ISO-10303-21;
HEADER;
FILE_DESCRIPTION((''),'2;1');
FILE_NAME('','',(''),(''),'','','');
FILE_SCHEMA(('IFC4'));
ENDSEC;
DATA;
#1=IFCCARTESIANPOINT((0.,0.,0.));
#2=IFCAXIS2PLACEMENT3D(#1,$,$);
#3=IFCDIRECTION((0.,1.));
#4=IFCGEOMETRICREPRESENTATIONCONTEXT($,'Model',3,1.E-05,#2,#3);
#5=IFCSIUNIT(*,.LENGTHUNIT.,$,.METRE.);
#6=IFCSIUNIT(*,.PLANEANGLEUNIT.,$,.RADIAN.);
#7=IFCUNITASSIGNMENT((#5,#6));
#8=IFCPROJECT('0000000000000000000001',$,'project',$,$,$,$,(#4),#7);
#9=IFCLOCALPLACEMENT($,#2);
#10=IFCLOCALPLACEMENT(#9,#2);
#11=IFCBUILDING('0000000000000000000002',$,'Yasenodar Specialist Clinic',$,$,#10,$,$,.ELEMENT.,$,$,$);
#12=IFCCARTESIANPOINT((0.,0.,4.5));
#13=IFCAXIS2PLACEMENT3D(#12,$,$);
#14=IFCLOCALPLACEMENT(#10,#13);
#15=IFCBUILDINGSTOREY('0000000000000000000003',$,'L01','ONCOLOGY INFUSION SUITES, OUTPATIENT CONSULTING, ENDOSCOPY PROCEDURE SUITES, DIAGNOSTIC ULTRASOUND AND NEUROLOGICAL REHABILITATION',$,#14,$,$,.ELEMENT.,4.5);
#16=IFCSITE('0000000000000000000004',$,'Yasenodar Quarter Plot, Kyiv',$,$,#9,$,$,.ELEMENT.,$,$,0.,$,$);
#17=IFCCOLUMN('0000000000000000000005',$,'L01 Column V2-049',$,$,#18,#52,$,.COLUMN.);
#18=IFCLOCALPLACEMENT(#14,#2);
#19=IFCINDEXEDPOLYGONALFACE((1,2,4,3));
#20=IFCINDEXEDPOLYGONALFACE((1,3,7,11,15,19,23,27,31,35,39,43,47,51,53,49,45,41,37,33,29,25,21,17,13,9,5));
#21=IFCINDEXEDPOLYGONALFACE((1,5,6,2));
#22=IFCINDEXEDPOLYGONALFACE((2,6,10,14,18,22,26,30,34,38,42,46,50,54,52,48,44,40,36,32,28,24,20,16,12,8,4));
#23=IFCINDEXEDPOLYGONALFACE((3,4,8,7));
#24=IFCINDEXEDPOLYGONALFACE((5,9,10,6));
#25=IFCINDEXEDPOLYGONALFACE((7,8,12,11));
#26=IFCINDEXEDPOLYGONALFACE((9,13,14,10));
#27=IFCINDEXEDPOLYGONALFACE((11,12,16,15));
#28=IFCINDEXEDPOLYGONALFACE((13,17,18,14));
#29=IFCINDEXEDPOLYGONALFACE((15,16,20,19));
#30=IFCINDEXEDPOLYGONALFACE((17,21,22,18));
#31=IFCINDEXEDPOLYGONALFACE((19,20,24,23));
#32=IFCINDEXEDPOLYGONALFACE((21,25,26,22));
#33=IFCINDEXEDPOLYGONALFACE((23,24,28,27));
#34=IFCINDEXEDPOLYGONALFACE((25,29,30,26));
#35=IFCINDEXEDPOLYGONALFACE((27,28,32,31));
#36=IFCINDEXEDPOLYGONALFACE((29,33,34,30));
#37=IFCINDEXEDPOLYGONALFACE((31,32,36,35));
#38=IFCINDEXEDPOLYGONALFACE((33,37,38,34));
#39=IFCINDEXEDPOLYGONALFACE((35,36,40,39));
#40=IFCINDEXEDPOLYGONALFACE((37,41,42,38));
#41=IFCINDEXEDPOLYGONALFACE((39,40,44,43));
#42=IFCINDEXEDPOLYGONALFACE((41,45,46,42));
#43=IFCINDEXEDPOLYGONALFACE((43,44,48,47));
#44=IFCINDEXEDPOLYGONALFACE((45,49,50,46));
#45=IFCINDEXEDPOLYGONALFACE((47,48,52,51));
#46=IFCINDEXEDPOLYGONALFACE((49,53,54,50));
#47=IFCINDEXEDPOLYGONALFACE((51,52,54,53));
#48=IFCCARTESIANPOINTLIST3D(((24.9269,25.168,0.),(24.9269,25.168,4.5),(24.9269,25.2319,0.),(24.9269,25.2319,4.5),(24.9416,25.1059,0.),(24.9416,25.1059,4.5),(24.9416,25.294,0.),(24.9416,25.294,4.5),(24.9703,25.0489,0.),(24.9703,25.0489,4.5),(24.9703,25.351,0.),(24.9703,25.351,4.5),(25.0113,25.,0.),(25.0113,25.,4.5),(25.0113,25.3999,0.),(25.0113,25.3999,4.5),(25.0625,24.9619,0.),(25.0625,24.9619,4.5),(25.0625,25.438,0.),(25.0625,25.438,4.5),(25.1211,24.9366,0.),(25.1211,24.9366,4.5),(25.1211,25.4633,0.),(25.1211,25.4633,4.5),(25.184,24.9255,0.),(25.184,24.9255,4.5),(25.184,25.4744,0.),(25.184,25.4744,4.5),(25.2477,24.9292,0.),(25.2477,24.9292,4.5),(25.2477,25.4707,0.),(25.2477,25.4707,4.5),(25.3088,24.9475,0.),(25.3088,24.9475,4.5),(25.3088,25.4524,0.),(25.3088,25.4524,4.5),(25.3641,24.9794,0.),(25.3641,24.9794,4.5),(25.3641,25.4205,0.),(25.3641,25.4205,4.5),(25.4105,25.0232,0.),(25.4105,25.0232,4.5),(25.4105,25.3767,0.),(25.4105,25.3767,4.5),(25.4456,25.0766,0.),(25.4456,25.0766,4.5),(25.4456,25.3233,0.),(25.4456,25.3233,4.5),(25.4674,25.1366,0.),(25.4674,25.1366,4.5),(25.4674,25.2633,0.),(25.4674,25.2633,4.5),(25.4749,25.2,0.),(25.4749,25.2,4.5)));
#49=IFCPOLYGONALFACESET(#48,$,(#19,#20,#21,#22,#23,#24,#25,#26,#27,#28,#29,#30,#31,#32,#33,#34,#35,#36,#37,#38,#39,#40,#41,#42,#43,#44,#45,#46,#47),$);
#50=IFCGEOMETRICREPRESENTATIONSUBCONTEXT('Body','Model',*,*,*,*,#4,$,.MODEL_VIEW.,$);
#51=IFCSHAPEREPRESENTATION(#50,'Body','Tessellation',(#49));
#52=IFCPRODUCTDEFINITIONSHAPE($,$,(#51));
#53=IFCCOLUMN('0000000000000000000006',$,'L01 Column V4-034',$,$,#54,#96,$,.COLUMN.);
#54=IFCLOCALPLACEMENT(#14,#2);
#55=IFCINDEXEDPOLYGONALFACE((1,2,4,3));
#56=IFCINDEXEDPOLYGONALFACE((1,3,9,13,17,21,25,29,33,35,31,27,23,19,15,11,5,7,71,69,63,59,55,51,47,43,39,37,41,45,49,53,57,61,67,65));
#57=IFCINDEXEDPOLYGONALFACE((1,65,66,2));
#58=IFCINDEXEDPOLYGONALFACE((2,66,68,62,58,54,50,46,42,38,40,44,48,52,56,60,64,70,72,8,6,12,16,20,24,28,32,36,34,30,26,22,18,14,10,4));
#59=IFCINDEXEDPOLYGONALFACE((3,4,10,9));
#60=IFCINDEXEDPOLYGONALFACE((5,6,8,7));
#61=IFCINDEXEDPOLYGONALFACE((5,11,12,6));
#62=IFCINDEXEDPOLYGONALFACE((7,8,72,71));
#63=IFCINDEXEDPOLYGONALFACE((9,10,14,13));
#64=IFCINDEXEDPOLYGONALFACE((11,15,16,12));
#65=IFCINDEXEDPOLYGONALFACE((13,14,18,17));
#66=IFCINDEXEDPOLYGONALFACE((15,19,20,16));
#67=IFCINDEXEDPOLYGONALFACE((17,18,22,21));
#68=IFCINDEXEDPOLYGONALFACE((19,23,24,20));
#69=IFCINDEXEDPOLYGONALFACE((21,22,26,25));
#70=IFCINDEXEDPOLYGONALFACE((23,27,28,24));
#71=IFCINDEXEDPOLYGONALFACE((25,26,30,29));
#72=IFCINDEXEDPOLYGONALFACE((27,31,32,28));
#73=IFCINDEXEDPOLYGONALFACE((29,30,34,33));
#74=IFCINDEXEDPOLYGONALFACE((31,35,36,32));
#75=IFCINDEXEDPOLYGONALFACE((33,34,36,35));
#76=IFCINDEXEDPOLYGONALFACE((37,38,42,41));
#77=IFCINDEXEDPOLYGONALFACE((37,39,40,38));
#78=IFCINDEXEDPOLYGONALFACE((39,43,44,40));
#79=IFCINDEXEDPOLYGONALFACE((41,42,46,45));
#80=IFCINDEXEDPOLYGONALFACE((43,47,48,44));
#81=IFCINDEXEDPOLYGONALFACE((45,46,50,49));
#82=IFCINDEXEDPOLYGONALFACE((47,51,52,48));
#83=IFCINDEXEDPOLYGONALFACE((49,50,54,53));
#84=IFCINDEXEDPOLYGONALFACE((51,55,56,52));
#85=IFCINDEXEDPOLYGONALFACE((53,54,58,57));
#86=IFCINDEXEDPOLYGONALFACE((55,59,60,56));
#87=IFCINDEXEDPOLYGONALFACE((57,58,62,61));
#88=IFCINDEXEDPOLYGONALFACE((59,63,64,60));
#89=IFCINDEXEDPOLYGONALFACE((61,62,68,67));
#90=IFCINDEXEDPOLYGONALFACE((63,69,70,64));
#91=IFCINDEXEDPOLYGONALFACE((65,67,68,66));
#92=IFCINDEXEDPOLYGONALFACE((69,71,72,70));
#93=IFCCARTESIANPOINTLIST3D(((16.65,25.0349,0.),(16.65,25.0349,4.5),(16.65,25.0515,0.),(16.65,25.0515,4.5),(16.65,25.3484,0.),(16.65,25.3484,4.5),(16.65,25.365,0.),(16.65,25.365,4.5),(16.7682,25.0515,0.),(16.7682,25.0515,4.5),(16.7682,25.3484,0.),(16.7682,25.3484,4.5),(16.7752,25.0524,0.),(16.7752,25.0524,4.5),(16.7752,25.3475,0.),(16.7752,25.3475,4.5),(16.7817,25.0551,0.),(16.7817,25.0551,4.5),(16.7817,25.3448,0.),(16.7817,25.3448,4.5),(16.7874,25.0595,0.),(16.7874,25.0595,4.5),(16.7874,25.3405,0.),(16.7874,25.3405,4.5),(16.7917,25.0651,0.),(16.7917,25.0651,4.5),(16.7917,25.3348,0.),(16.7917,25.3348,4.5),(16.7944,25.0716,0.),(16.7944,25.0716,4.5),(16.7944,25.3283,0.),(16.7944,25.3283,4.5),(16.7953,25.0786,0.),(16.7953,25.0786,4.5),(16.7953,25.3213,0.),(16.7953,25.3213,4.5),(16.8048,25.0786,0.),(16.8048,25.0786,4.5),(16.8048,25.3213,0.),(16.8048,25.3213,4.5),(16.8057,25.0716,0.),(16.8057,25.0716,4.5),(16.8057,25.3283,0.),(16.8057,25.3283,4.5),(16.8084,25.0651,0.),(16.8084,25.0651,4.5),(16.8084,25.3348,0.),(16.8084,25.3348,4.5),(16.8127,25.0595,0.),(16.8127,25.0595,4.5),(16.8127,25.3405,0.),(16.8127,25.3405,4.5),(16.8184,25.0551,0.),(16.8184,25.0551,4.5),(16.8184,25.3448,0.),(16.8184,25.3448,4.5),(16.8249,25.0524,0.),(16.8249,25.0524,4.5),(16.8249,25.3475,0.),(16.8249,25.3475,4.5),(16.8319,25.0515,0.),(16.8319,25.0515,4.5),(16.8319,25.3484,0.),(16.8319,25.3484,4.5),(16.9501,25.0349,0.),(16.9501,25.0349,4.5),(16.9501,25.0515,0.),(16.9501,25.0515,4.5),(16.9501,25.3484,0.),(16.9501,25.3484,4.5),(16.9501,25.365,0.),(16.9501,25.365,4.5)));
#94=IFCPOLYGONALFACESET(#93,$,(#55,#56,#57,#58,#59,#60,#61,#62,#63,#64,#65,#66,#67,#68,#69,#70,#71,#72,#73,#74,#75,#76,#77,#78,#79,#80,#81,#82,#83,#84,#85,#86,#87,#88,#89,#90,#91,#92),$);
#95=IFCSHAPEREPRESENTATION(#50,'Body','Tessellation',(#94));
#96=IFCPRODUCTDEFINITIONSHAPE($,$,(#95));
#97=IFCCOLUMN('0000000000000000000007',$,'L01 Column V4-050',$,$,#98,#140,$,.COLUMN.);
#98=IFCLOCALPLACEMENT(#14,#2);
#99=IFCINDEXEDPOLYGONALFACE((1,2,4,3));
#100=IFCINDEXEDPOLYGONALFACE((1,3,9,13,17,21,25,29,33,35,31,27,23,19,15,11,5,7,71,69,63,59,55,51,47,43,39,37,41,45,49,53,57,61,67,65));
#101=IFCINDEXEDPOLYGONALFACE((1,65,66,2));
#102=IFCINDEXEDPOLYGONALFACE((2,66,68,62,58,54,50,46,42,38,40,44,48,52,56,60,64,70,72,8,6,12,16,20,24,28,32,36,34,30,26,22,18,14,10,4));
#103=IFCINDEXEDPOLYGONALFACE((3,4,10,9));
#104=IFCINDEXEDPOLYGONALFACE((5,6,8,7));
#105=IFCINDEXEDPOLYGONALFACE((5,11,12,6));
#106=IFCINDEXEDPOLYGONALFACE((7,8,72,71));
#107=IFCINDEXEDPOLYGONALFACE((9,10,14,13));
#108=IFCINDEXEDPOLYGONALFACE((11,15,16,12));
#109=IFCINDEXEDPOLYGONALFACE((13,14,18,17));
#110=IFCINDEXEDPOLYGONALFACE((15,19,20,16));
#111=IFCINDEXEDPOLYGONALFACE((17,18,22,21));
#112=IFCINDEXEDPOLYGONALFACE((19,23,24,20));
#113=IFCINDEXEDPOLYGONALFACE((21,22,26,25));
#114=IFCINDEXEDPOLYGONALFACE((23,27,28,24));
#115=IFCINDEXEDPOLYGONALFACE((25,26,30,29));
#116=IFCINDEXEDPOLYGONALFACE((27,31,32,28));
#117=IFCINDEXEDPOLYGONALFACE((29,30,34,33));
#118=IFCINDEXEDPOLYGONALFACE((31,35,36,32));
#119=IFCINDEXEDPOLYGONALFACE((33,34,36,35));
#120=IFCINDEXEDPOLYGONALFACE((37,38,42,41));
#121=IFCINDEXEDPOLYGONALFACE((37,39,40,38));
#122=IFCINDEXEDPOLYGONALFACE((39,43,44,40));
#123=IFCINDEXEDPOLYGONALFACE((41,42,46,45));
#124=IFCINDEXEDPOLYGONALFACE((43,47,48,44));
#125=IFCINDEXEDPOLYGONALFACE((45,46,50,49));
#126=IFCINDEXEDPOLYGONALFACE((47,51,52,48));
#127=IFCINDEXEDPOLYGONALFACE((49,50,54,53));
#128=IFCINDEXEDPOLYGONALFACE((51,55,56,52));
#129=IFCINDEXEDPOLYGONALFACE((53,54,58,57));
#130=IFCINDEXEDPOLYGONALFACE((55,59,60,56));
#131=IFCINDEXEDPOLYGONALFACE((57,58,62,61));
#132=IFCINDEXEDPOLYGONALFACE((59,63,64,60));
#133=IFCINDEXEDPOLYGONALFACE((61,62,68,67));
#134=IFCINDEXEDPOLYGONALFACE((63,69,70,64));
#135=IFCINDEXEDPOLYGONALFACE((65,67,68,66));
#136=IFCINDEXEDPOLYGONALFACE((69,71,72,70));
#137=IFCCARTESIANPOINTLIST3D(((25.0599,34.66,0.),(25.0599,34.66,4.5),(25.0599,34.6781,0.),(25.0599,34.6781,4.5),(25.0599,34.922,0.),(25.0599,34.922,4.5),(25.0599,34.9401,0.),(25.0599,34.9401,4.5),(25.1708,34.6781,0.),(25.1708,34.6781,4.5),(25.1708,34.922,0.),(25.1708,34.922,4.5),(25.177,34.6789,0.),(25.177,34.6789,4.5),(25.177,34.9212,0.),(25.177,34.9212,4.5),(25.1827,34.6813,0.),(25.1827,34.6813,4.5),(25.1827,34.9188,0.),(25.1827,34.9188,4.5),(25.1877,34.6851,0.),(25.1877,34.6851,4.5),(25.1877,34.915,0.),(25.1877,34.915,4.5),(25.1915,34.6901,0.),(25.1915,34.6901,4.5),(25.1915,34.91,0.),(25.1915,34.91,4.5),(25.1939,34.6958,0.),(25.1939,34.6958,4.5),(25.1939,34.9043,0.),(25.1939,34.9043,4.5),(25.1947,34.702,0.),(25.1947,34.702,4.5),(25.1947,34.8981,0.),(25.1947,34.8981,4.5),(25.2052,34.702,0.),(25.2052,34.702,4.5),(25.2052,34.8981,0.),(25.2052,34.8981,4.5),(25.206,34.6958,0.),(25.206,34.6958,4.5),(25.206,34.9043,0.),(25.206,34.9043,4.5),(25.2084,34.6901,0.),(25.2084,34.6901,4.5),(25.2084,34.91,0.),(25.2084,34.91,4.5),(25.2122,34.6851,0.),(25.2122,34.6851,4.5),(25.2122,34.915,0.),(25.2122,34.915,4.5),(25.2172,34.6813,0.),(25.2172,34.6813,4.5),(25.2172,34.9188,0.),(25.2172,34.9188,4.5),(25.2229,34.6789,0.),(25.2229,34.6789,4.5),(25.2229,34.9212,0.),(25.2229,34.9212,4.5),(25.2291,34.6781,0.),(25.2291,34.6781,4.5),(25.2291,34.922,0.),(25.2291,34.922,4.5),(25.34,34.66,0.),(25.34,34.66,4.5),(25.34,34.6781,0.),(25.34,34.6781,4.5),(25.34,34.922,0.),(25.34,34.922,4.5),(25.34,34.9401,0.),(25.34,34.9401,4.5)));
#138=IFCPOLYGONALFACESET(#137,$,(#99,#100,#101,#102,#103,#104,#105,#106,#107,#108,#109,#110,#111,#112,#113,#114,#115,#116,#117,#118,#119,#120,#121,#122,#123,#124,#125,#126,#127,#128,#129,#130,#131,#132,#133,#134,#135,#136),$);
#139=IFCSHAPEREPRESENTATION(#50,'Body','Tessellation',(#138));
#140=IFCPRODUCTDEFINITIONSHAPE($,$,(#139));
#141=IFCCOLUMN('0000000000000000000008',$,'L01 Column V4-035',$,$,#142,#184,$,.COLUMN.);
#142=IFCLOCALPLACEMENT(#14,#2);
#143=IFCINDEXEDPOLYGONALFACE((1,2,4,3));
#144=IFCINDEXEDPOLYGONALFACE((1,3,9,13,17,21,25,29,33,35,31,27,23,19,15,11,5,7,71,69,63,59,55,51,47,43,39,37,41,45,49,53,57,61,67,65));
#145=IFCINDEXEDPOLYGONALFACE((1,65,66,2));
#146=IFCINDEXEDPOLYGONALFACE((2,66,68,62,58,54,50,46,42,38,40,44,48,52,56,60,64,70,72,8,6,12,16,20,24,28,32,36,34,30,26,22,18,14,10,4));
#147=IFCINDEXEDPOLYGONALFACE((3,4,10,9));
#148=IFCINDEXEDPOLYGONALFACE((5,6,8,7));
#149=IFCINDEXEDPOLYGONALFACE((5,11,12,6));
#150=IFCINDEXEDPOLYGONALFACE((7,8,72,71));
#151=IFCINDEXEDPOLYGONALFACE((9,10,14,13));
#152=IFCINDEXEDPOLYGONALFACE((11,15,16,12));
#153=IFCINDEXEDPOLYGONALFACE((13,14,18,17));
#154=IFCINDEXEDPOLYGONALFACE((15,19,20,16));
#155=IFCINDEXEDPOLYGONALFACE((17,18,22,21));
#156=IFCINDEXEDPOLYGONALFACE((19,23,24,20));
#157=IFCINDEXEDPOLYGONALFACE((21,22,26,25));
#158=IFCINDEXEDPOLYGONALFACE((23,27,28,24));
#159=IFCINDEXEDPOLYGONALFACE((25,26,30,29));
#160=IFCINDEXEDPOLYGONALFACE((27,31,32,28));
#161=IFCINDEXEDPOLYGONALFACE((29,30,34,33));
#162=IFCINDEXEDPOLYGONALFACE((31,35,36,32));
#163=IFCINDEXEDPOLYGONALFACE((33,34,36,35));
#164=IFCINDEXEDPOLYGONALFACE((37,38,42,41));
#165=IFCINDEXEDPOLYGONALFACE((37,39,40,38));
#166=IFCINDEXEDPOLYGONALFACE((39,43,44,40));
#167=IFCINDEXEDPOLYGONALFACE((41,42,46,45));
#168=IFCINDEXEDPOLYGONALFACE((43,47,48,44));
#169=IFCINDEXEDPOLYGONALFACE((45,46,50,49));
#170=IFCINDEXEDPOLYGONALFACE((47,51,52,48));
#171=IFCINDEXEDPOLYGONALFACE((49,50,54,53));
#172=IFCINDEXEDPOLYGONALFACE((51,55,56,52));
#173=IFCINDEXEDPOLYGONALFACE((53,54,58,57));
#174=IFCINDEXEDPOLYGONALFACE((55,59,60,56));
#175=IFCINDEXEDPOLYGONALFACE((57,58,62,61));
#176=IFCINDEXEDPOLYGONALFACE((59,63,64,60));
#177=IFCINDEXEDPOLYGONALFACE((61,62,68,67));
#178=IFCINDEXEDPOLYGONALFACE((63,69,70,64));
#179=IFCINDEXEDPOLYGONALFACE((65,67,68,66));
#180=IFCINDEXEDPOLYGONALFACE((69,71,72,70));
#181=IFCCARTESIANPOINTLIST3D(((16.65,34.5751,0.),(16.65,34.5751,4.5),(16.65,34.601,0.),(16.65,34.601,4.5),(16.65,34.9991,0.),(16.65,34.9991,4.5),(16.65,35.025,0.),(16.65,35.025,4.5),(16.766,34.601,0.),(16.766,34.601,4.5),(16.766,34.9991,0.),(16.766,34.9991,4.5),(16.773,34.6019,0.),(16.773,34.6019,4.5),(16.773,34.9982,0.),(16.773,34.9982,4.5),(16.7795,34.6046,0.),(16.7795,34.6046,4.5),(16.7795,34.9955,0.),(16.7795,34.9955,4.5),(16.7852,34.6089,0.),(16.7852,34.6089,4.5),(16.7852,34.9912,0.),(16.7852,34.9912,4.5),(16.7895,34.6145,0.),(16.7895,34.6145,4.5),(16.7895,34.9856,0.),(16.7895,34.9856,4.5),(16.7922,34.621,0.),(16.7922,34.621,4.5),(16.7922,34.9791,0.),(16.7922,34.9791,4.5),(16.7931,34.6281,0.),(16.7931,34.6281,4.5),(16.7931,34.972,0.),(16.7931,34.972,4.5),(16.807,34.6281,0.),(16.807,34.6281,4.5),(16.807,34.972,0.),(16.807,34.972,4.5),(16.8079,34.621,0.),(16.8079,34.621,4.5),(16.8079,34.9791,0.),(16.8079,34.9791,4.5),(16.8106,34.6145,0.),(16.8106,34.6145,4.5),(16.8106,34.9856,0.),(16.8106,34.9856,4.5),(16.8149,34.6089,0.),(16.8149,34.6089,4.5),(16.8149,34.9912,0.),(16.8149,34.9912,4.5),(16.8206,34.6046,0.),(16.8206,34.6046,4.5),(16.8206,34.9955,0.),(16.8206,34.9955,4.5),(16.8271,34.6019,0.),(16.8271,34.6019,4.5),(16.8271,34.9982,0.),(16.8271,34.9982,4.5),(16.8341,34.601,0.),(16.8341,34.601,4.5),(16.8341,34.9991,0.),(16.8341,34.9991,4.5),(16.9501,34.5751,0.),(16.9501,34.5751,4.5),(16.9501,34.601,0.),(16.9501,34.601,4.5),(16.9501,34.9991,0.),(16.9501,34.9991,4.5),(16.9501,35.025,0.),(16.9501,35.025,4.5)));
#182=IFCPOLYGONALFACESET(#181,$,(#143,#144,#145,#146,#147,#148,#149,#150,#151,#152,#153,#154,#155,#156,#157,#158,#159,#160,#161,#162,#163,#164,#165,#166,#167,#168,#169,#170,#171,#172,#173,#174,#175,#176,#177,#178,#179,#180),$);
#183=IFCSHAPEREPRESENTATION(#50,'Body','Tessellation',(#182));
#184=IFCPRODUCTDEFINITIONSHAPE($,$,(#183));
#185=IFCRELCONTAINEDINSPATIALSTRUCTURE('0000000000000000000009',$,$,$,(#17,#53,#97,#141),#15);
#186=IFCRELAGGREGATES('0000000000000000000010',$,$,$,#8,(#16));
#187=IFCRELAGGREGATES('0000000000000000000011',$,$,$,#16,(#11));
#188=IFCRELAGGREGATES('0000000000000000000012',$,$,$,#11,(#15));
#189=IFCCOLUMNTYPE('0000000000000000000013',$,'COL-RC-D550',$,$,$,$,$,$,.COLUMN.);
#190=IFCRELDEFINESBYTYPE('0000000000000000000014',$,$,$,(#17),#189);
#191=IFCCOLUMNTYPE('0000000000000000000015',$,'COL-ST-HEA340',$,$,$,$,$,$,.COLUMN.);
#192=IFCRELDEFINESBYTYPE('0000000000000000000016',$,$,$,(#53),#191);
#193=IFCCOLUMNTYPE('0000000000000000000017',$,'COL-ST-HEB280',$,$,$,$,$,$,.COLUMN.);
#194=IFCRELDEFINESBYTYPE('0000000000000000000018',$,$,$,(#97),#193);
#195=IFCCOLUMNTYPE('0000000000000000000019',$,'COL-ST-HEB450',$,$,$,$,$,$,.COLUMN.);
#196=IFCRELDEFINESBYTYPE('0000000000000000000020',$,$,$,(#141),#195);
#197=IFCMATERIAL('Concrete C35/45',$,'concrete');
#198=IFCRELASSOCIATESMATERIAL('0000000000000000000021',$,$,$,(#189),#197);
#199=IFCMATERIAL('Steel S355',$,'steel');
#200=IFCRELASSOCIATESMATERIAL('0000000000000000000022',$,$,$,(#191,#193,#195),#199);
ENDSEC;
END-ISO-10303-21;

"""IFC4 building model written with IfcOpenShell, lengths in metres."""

from ifc_helpers import new_model, si_unit, direction, frame, origin, origin_2d, place, context, subcontext, project, spatial, circle, i_section, extrude, material, material_profile, profile_set, type_object, element, save


model = new_model("IFC4")

# Units and contexts
model_context = context("Model", 3, precision=1e-05, world=origin(), true_north=direction((0.0, 1.0)))
body_context = subcontext(model_context, "Body", "Model", "MODEL_VIEW")
ifc_project = project(units=[si_unit("LENGTHUNIT", "METRE"), si_unit("PLANEANGLEUNIT", "RADIAN")], contexts=[model_context])

# Site, building, storey
site_placement = place(None, origin())
site = spatial("IfcSite", under=ifc_project, at=site_placement, Name="Yasenodar Quarter Plot, Kyiv", CompositionType="ELEMENT", RefElevation=0.0)
building_placement = place(site_placement, origin())
building = spatial("IfcBuilding", under=site, at=building_placement, Name="Yasenodar Specialist Clinic", CompositionType="ELEMENT")
storey_placement = place(building_placement, frame((0.0, 0.0, 4.5)))
storey = spatial("IfcBuildingStorey", under=building, at=storey_placement, Name="L01", Description="ONCOLOGY INFUSION SUITES, OUTPATIENT CONSULTING, ENDOSCOPY PROCEDURE SUITES, DIAGNOSTIC ULTRASOUND AND NEUROLOGICAL REHABILITATION", CompositionType="ELEMENT", Elevation=4.5)

# Columns
ifc_material_1 = material(Name="Concrete C35/45", Category="concrete")
ifc_material_profile_1 = material_profile(ifc_material_1, circle(Radius=0.2749, at=origin_2d()), Name="RC D550")
ifc_profile_set_1 = profile_set([ifc_material_profile_1], Name="Concrete C35/45")
column_type_1 = type_object("IfcColumnType", Name="COL-RC-D550", PredefinedType="COLUMN", material=ifc_profile_set_1)
column_1_placement = place(storey_placement, frame((25.2, 25.2, 0.0), z_axis=(0.0, 0.0, 1.0), x_axis=(1.0, 0.0, 0.0)))
element("IfcColumn", 1, at=column_1_placement, inside=storey, type_object=column_type_1, Name="L01 Column V2-049", PredefinedType="COLUMN", context=body_context, shape_type="SweptSolid", body=[
    extrude(circle(Radius=0.2749, at=origin_2d()), origin(), (0.0, 0.0, 1.0), 4.5),
])
ifc_material_2 = material(Name="Steel S355", Category="steel")
ifc_material_profile_2 = material_profile(ifc_material_2, i_section(OverallWidth=0.3, OverallDepth=0.3301, WebThickness=0.0095, FlangeThickness=0.0166, FilletRadius=0.0271, at=origin_2d()), Name="HEA 340")
ifc_profile_set_2 = profile_set([ifc_material_profile_2], Name="Steel S355")
column_type_2 = type_object("IfcColumnType", Name="COL-ST-HEA340", PredefinedType="COLUMN", material=ifc_profile_set_2)
column_2_placement = place(storey_placement, frame((16.8, 25.2, 0.0), z_axis=(0.0, 0.0, 1.0), x_axis=(1.0, 0.0, 0.0)))
element("IfcColumn", 2, at=column_2_placement, inside=storey, type_object=column_type_2, Name="L01 Column V4-034", PredefinedType="COLUMN", context=body_context, shape_type="SweptSolid", body=[
    extrude(i_section(OverallWidth=0.3, OverallDepth=0.3301, WebThickness=0.0095, FlangeThickness=0.0166, FilletRadius=0.0271, at=origin_2d()), origin(), (0.0, 0.0, 1.0), 4.5),
])
ifc_material_profile_3 = material_profile(ifc_material_2, i_section(OverallWidth=0.28, OverallDepth=0.28, WebThickness=0.0105, FlangeThickness=0.0181, FilletRadius=0.0239, at=origin_2d()), Name="HEB 280")
ifc_profile_set_3 = profile_set([ifc_material_profile_3], Name="Steel S355")
column_type_3 = type_object("IfcColumnType", Name="COL-ST-HEB280", PredefinedType="COLUMN", material=ifc_profile_set_3)
column_3_placement = place(storey_placement, frame((25.2, 34.8, 0.0), z_axis=(0.0, 0.0, 1.0), x_axis=(1.0, 0.0, 0.0)))
element("IfcColumn", 3, at=column_3_placement, inside=storey, type_object=column_type_3, Name="L01 Column V4-050", PredefinedType="COLUMN", context=body_context, shape_type="SweptSolid", body=[
    extrude(i_section(OverallWidth=0.28, OverallDepth=0.28, WebThickness=0.0105, FlangeThickness=0.0181, FilletRadius=0.0239, at=origin_2d()), origin(), (0.0, 0.0, 1.0), 4.5),
])
ifc_material_profile_4 = material_profile(ifc_material_2, i_section(OverallWidth=0.3, OverallDepth=0.45, WebThickness=0.0139, FlangeThickness=0.0259, FilletRadius=0.0271, at=origin_2d()), Name="HEB 450")
ifc_profile_set_4 = profile_set([ifc_material_profile_4], Name="Steel S355")
column_type_4 = type_object("IfcColumnType", Name="COL-ST-HEB450", PredefinedType="COLUMN", material=ifc_profile_set_4)
column_4_placement = place(storey_placement, frame((16.8, 34.8, 0.0), z_axis=(0.0, 0.0, 1.0), x_axis=(1.0, 0.0, 0.0)))
element("IfcColumn", 4, at=column_4_placement, inside=storey, type_object=column_type_4, Name="L01 Column V4-035", PredefinedType="COLUMN", context=body_context, shape_type="SweptSolid", body=[
    extrude(i_section(OverallWidth=0.3, OverallDepth=0.45, WebThickness=0.0139, FlangeThickness=0.0259, FilletRadius=0.0271, at=origin_2d()), origin(), (0.0, 0.0, 1.0), 4.5),
])

save(model, "model.ifc")
